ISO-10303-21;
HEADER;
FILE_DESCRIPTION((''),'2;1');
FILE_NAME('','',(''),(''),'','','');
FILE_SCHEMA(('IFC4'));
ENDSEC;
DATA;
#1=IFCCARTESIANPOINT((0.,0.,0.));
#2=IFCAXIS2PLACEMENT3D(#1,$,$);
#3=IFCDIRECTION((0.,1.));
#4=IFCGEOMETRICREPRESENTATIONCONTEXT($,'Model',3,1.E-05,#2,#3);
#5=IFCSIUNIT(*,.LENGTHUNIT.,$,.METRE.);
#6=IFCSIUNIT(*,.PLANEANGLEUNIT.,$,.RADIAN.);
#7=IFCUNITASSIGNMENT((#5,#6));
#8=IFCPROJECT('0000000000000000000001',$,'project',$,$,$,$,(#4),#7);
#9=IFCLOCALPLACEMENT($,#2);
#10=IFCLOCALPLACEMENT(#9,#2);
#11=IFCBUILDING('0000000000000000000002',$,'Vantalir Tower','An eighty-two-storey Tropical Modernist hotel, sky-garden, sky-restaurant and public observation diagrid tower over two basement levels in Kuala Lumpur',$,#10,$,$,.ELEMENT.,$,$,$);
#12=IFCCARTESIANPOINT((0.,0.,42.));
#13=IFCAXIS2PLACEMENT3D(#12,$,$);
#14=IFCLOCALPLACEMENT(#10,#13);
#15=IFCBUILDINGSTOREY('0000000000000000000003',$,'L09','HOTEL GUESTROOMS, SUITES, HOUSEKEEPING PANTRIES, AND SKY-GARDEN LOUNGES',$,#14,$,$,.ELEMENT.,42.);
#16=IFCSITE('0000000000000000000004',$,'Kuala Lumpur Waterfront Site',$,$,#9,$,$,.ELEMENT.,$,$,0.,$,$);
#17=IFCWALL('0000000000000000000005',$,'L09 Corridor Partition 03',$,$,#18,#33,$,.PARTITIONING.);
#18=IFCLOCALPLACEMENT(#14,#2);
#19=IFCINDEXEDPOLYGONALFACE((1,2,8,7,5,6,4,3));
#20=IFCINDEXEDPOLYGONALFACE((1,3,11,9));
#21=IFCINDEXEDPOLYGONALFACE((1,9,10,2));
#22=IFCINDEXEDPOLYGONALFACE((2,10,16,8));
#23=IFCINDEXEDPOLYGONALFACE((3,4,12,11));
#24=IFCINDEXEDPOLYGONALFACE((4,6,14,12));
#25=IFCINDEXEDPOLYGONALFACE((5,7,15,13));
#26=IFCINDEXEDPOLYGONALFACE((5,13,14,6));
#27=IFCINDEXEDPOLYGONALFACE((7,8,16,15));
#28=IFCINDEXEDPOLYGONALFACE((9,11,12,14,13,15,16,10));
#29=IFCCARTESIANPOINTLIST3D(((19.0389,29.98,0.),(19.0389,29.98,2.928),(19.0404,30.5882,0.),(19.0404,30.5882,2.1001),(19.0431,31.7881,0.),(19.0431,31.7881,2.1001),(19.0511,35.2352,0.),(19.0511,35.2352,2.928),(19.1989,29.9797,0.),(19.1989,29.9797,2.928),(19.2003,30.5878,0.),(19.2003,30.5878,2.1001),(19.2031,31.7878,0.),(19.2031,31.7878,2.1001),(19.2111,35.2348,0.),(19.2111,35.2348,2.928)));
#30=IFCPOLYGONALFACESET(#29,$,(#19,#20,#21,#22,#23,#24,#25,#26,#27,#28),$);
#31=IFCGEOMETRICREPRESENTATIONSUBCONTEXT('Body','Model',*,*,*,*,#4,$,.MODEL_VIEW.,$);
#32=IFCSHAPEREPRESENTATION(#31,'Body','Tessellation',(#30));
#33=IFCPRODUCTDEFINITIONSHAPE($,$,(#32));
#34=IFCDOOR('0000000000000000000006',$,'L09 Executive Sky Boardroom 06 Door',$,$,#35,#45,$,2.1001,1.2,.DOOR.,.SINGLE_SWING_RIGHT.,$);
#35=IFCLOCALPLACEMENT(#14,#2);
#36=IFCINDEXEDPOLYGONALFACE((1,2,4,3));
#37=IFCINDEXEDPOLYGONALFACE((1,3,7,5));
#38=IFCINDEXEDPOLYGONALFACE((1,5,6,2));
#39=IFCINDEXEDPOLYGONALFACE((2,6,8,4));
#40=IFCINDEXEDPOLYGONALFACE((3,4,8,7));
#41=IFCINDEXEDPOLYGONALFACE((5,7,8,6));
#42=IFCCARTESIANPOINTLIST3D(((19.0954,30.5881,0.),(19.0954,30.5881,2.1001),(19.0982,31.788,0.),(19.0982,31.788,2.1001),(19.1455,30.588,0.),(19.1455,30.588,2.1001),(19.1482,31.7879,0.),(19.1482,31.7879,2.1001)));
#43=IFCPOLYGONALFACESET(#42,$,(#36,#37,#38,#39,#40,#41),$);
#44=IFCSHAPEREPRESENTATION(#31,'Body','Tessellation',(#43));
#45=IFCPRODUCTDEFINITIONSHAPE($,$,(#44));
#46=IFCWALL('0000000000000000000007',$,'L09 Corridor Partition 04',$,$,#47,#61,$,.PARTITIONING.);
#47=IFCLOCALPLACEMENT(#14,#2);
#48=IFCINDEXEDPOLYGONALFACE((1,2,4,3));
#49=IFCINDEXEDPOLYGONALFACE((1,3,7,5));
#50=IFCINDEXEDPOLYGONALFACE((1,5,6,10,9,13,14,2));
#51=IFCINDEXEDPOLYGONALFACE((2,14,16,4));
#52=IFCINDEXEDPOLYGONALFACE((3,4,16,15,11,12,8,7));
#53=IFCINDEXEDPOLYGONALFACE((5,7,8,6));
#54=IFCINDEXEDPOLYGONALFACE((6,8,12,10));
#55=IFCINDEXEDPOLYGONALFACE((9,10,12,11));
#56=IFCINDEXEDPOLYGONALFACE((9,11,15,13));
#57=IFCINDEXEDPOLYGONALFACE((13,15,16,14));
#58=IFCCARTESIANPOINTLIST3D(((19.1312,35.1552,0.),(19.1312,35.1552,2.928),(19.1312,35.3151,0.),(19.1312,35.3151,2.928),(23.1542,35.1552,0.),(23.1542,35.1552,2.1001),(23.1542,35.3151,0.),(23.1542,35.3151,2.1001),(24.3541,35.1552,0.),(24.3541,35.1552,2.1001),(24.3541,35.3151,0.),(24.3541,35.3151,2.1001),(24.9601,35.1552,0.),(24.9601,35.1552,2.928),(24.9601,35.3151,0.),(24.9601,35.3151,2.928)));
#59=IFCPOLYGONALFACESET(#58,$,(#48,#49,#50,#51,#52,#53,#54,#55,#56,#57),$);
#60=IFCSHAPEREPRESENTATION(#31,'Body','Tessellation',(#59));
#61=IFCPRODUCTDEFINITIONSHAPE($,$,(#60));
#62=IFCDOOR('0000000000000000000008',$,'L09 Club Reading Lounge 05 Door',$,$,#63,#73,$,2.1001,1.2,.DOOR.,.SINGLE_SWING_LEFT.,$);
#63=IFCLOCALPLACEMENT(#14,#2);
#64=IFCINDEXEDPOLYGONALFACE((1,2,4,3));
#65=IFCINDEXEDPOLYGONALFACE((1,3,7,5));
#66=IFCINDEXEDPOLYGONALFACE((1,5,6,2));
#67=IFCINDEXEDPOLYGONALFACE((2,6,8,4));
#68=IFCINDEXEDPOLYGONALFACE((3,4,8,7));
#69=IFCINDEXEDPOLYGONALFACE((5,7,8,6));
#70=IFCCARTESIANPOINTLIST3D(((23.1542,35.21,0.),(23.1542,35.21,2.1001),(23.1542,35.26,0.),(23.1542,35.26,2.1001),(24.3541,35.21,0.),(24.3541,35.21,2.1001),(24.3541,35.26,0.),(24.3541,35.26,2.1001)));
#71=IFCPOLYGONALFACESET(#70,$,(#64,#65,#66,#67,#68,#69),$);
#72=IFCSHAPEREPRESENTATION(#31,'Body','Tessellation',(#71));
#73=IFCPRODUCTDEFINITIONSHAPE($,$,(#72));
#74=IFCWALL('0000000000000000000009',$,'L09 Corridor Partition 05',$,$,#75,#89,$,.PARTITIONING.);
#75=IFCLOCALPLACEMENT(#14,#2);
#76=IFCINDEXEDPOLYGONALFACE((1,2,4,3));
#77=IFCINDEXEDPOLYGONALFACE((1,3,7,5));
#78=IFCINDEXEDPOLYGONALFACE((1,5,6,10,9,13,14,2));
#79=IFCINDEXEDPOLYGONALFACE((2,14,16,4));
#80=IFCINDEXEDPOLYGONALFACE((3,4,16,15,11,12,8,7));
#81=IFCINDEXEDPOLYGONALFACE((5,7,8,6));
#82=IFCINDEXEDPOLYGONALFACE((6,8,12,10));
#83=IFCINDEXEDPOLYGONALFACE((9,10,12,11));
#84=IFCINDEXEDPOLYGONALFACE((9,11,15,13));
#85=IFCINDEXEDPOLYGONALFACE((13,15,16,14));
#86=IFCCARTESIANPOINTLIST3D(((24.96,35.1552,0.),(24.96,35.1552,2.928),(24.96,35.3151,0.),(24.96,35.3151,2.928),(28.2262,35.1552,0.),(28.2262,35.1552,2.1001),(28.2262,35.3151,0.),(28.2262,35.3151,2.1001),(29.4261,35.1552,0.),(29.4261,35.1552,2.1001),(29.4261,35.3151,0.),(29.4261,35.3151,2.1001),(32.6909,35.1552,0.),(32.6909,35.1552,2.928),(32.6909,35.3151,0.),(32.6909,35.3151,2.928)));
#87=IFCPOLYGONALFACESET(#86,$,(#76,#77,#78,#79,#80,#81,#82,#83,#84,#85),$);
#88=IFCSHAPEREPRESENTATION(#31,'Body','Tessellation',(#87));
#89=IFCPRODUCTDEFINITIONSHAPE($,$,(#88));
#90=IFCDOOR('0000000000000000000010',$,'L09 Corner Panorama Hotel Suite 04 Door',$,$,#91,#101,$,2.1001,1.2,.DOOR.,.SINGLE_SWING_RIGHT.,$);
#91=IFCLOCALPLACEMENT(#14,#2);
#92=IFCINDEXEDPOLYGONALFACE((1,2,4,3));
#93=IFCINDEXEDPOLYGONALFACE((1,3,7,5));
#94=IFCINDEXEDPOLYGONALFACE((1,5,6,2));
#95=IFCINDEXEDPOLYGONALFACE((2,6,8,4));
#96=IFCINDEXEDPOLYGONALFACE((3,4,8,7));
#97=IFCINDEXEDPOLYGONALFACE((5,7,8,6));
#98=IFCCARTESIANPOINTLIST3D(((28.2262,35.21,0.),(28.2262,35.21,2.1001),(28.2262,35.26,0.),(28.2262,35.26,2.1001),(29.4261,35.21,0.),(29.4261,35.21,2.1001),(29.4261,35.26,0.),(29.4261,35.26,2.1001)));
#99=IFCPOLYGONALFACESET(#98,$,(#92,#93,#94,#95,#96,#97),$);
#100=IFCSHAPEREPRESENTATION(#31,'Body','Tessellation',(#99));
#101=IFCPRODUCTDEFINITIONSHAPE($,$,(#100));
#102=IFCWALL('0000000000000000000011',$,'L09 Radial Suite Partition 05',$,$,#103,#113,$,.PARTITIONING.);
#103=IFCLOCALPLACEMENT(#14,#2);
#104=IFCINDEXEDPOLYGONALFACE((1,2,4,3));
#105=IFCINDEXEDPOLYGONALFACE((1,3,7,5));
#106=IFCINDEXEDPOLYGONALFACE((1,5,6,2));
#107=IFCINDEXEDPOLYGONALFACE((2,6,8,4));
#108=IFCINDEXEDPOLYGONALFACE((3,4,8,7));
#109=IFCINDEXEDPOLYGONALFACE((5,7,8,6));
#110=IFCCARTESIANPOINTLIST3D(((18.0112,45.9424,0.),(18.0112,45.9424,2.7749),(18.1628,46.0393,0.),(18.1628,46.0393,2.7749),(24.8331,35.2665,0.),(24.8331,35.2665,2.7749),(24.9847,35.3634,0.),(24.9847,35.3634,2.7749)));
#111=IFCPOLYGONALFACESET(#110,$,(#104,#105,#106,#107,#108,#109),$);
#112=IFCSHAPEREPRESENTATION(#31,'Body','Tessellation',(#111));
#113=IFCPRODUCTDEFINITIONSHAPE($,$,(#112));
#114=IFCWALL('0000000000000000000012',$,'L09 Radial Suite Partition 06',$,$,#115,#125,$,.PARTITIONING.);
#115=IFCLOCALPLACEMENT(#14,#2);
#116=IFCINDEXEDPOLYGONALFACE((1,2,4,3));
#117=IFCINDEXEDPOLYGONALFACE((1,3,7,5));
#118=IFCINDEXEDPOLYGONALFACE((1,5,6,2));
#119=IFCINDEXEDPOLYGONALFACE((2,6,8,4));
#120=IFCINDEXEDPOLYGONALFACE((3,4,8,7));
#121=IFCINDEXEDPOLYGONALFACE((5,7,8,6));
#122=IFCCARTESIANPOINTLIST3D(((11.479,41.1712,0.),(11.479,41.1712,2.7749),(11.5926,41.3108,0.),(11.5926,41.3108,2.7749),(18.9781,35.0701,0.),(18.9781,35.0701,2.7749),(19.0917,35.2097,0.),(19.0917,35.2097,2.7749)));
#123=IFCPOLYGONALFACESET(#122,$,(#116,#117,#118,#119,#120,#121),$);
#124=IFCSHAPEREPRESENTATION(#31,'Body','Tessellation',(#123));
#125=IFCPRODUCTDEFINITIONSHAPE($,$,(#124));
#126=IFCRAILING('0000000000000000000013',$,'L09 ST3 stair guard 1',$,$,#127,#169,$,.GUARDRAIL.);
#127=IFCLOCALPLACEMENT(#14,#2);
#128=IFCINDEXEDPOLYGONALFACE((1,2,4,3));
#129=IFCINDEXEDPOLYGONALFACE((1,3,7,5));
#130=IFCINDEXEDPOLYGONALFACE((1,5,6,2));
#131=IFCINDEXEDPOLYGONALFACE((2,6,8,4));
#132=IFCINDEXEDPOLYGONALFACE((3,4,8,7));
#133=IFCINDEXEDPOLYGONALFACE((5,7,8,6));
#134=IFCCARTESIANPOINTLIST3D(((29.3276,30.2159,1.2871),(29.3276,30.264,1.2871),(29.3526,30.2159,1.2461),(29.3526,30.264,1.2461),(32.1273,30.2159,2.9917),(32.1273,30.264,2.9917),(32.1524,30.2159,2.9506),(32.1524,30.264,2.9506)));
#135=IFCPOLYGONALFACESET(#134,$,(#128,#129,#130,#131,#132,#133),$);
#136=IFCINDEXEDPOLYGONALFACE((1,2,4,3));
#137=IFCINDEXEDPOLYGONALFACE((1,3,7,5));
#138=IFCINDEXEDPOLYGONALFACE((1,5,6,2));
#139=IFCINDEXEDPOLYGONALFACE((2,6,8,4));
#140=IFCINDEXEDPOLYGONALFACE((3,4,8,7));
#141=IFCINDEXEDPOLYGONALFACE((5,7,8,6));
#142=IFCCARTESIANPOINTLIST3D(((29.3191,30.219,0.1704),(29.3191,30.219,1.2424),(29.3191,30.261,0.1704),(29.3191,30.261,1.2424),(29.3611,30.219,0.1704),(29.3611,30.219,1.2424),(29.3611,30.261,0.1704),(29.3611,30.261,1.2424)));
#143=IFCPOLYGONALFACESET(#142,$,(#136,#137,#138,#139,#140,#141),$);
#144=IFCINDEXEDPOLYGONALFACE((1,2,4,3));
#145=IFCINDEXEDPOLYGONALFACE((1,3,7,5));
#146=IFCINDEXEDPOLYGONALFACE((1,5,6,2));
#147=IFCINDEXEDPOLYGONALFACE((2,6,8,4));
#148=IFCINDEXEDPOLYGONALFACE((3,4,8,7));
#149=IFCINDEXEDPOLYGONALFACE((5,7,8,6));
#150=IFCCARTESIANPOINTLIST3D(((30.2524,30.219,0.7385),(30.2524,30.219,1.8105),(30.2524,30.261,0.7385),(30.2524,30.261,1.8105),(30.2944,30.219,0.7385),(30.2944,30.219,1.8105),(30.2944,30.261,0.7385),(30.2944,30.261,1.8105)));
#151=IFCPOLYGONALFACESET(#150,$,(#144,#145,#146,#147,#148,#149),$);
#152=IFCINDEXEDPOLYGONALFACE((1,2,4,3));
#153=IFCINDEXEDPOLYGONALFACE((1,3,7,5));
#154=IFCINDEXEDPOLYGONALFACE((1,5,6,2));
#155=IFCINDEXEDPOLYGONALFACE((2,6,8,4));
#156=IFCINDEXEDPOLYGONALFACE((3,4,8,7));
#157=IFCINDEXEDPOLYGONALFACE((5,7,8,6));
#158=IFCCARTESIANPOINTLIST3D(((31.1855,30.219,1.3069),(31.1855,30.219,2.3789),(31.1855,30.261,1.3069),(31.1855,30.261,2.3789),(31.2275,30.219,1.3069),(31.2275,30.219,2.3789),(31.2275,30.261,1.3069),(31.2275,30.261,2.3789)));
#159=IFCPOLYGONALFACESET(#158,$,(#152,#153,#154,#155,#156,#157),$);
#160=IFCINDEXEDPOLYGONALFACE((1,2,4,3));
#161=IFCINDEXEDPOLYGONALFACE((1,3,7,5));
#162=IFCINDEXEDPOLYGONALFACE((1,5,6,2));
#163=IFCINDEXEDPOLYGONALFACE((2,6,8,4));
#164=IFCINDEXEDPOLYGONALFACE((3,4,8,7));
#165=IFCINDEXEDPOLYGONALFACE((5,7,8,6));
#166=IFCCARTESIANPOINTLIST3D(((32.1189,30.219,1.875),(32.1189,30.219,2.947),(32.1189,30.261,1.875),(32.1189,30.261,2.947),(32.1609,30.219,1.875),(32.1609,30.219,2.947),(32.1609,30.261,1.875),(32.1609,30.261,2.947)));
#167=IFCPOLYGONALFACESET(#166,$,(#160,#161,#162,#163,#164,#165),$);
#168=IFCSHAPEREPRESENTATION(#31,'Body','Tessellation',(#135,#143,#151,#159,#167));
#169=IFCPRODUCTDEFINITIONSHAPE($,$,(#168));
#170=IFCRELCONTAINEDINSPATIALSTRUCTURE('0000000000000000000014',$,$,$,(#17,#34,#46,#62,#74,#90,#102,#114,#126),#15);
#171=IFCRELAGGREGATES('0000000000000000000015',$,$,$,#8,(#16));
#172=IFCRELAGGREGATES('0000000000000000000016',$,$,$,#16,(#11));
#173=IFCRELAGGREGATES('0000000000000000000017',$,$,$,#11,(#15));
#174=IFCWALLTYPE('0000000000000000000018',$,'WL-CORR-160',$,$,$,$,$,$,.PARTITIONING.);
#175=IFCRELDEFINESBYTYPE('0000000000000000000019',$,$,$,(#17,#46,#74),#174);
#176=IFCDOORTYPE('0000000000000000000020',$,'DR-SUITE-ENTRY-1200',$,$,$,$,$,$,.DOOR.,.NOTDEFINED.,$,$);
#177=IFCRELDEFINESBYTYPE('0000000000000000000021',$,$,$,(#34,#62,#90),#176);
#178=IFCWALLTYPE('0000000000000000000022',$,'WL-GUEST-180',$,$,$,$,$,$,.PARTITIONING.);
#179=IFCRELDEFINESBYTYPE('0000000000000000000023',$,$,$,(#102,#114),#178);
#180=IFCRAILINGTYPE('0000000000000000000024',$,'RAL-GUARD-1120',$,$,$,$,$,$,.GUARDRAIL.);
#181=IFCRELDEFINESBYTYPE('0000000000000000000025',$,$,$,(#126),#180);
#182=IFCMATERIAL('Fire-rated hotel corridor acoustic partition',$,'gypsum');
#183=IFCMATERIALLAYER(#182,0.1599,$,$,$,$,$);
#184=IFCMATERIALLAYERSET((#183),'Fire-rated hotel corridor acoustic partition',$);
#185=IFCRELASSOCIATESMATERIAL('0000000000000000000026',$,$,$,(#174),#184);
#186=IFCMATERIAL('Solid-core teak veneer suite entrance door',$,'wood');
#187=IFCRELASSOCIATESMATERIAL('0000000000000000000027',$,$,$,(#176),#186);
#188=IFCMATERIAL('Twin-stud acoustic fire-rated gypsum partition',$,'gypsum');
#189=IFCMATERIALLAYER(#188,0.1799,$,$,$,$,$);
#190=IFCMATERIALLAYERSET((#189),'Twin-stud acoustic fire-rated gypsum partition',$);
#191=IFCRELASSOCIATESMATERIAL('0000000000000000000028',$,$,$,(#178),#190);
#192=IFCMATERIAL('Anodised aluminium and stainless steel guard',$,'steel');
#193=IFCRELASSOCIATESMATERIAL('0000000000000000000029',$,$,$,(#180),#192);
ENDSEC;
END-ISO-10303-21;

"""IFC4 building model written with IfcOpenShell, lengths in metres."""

from ifc_helpers import new_model, si_unit, direction, frame, frame_2d, origin, origin_2d, place, context, subcontext, project, spatial, rectangle, extrude, material, layer, layer_set, type_object, element, fill, save


model = new_model("IFC4")

# Units and contexts
model_context = context("Model", 3, precision=1e-05, world=origin(), true_north=direction((0.0, 1.0)))
body_context = subcontext(model_context, "Body", "Model", "MODEL_VIEW")
ifc_project = project(units=[si_unit("LENGTHUNIT", "METRE"), si_unit("PLANEANGLEUNIT", "RADIAN")], contexts=[model_context])

# Site, building, storey
site_placement = place(None, origin())
site = spatial("IfcSite", under=ifc_project, at=site_placement, Name="Kuala Lumpur Waterfront Site", CompositionType="ELEMENT", RefElevation=0.0)
building_placement = place(site_placement, origin())
building = spatial("IfcBuilding", under=site, at=building_placement, Name="Vantalir Tower", Description="An eighty-two-storey Tropical Modernist hotel, sky-garden, sky-restaurant and public observation diagrid tower over two basement levels in Kuala Lumpur", CompositionType="ELEMENT")
storey_placement = place(building_placement, frame((0.0, 0.0, 42.0)))
storey = spatial("IfcBuildingStorey", under=building, at=storey_placement, Name="L09", Description="HOTEL GUESTROOMS, SUITES, HOUSEKEEPING PANTRIES, AND SKY-GARDEN LOUNGES", CompositionType="ELEMENT", Elevation=42.0)

# Walls, openings, doors
ifc_material_1 = material(Name="Fire-rated hotel corridor acoustic partition", Category="gypsum")
ifc_layer_1 = layer(ifc_material_1, 0.1599)
ifc_layer_set_1 = layer_set([ifc_layer_1], Name="Fire-rated hotel corridor acoustic partition")
wall_type_1 = type_object("IfcWallType", Name="WL-CORR-160", PredefinedType="PARTITIONING", material=ifc_layer_set_1)
wall_1_placement = place(storey_placement, frame((19.1189, 29.98, 0.0), z_axis=(0.0, 0.0, 1.0), x_axis=(0.002323, 0.999997, 0.0)))
wall_1 = element("IfcWall", 1, at=wall_1_placement, inside=storey, type_object=wall_type_1, Name="L09 Corridor Partition 03", PredefinedType="PARTITIONING", context=body_context, shape_type="SweptSolid", body=[
    extrude(rectangle(XDim=5.2551, YDim=0.1599, at=frame_2d((2.6274, 0.0))), origin(), (0.0, 0.0, 1.0), 2.928),
])
opening_1_placement = place(wall_1_placement, frame((0.6079, 0.0, 0.0)))
opening_1 = element("IfcOpeningElement", 2, at=opening_1_placement, cuts=wall_1, PredefinedType="OPENING", context=body_context, shape_type="SweptSolid", body=[
    extrude(rectangle(XDim=1.2, YDim=2.1001, at=frame_2d((0.6001, 1.05))), frame((0.0, 0.0898, 0.0), z_axis=(0.0, -1.0, 0.0), x_axis=(1.0, 0.0, 0.0)), (0.0, 0.0, 1.0), 0.1799),
])
ifc_material_2 = material(Name="Solid-core teak veneer suite entrance door", Category="wood")
door_type_1 = type_object("IfcDoorType", Name="DR-SUITE-ENTRY-1200", OperationType="NOTDEFINED", PredefinedType="DOOR", material=ifc_material_2)
door_1_placement = place(opening_1_placement, origin())
door_1 = element("IfcDoor", 3, at=door_1_placement, inside=storey, type_object=door_type_1, Name="L09 Executive Sky Boardroom 06 Door", OperationType="SINGLE_SWING_RIGHT", OverallHeight=2.1001, OverallWidth=1.2, PredefinedType="DOOR", context=body_context, shape_type="SweptSolid", body=[
    extrude(rectangle(XDim=1.2, YDim=2.1001, at=frame_2d((0.6001, 1.05))), frame((0.0, 0.0249, 0.0), z_axis=(0.0, -1.0, 0.0), x_axis=(1.0, 0.0, 0.0)), (0.0, 0.0, 1.0), 0.05),
])
fill(opening_1, door_1)
wall_2_placement = place(storey_placement, frame((19.1311, 35.2351, 0.0), z_axis=(0.0, 0.0, 1.0), x_axis=(1.0, 0.0, 0.0)))
wall_2 = element("IfcWall", 4, at=wall_2_placement, inside=storey, type_object=wall_type_1, Name="L09 Corridor Partition 04", PredefinedType="PARTITIONING", context=body_context, shape_type="SweptSolid", body=[
    extrude(rectangle(XDim=5.8289, YDim=0.1599, at=frame_2d((2.9146, 0.0))), origin(), (0.0, 0.0, 1.0), 2.928),
])
opening_2_placement = place(wall_2_placement, frame((4.0229, 0.0, 0.0)))
opening_2 = element("IfcOpeningElement", 5, at=opening_2_placement, cuts=wall_2, PredefinedType="OPENING", context=body_context, shape_type="SweptSolid", body=[
    extrude(rectangle(XDim=1.2, YDim=2.1001, at=frame_2d((0.6001, 1.05))), frame((0.0, 0.0898, 0.0), z_axis=(0.0, -1.0, 0.0), x_axis=(1.0, 0.0, 0.0)), (0.0, 0.0, 1.0), 0.1799),
])
door_2_placement = place(opening_2_placement, origin())
door_2 = element("IfcDoor", 6, at=door_2_placement, inside=storey, type_object=door_type_1, Name="L09 Club Reading Lounge 05 Door", OperationType="SINGLE_SWING_LEFT", OverallHeight=2.1001, OverallWidth=1.2, PredefinedType="DOOR", context=body_context, shape_type="SweptSolid", body=[
    extrude(rectangle(XDim=1.2, YDim=2.1001, at=frame_2d((0.6001, 1.05))), frame((0.0, 0.0249, 0.0), z_axis=(0.0, -1.0, 0.0), x_axis=(1.0, 0.0, 0.0)), (0.0, 0.0, 1.0), 0.05),
])
fill(opening_2, door_2)
wall_3_placement = place(storey_placement, frame((24.96, 35.2351, 0.0), z_axis=(0.0, 0.0, 1.0), x_axis=(1.0, 0.0, 0.0)))
wall_3 = element("IfcWall", 7, at=wall_3_placement, inside=storey, type_object=wall_type_1, Name="L09 Corridor Partition 05", PredefinedType="PARTITIONING", context=body_context, shape_type="SweptSolid", body=[
    extrude(rectangle(XDim=7.731, YDim=0.1599, at=frame_2d((3.8655, 0.0))), origin(), (0.0, 0.0, 1.0), 2.928),
])
opening_3_placement = place(wall_3_placement, frame((3.2661, 0.0, 0.0)))
opening_3 = element("IfcOpeningElement", 8, at=opening_3_placement, cuts=wall_3, PredefinedType="OPENING", context=body_context, shape_type="SweptSolid", body=[
    extrude(rectangle(XDim=1.2, YDim=2.1001, at=frame_2d((0.6001, 1.05))), frame((0.0, 0.0898, 0.0), z_axis=(0.0, -1.0, 0.0), x_axis=(1.0, 0.0, 0.0)), (0.0, 0.0, 1.0), 0.1799),
])
door_3_placement = place(opening_3_placement, origin())
door_3 = element("IfcDoor", 9, at=door_3_placement, inside=storey, type_object=door_type_1, Name="L09 Corner Panorama Hotel Suite 04 Door", OperationType="SINGLE_SWING_RIGHT", OverallHeight=2.1001, OverallWidth=1.2, PredefinedType="DOOR", context=body_context, shape_type="SweptSolid", body=[
    extrude(rectangle(XDim=1.2, YDim=2.1001, at=frame_2d((0.6001, 1.05))), frame((0.0, 0.0249, 0.0), z_axis=(0.0, -1.0, 0.0), x_axis=(1.0, 0.0, 0.0)), (0.0, 0.0, 1.0), 0.05),
])
fill(opening_3, door_3)

# Walls
ifc_material_3 = material(Name="Twin-stud acoustic fire-rated gypsum partition", Category="gypsum")
ifc_layer_2 = layer(ifc_material_3, 0.1799)
ifc_layer_set_2 = layer_set([ifc_layer_2], Name="Twin-stud acoustic fire-rated gypsum partition")
wall_type_2 = type_object("IfcWallType", Name="WL-GUEST-180", PredefinedType="PARTITIONING", material=ifc_layer_set_2)
wall_4_placement = place(storey_placement, frame((24.9089, 35.3149, 0.0), z_axis=(0.0, 0.0, 1.0), x_axis=(-0.538458, 0.842652, 0.0)))
element("IfcWall", 10, at=wall_4_placement, inside=storey, type_object=wall_type_2, Name="L09 Radial Suite Partition 05", PredefinedType="PARTITIONING", context=body_context, shape_type="SweptSolid", body=[
    extrude(rectangle(XDim=12.6694, YDim=0.1799, at=frame_2d((6.3347, 0.0))), origin(), (0.0, 0.0, 1.0), 2.7749),
])
wall_5_placement = place(storey_placement, frame((19.0349, 35.1399, 0.0), z_axis=(0.0, 0.0, 1.0), x_axis=(-0.775703, 0.631098, 0.0)))
element("IfcWall", 11, at=wall_5_placement, inside=storey, type_object=wall_type_2, Name="L09 Radial Suite Partition 06", PredefinedType="PARTITIONING", context=body_context, shape_type="SweptSolid", body=[
    extrude(rectangle(XDim=9.6675, YDim=0.1799, at=frame_2d((4.8337, 0.0))), origin(), (0.0, 0.0, 1.0), 2.7749),
])

# Railing
ifc_material_4 = material(Name="Anodised aluminium and stainless steel guard", Category="steel")
railing_type = type_object("IfcRailingType", Name="RAL-GUARD-1120", PredefinedType="GUARDRAIL", material=ifc_material_4)
railing_1_placement = place(storey_placement, frame((29.3401, 30.24, 0.1704)))
element("IfcRailing", 12, at=railing_1_placement, inside=storey, type_object=railing_type, Name="L09 ST3 stair guard 1", PredefinedType="GUARDRAIL", context=body_context, shape_type="SweptSolid", body=[
    extrude(rectangle(XDim=0.0481, YDim=0.0481, at=origin_2d()), frame((0.0, 0.0, 1.0962), z_axis=(0.85415, 0.0, 0.520027), x_axis=(0.0, 1.0, 0.0)), (0.0, 0.0, 1.0), 3.2778),
    extrude(rectangle(XDim=0.042, YDim=0.042, at=origin_2d()), origin(), (0.0, 0.0, 1.0), 1.072),
    extrude(rectangle(XDim=0.042, YDim=0.042, at=origin_2d()), frame((0.9333, 0.0, 0.5681)), (0.0, 0.0, 1.0), 1.072),
    extrude(rectangle(XDim=0.042, YDim=0.042, at=origin_2d()), frame((1.8665, 0.0, 1.1365)), (0.0, 0.0, 1.0), 1.072),
    extrude(rectangle(XDim=0.042, YDim=0.042, at=origin_2d()), frame((2.7998, 0.0, 1.7046)), (0.0, 0.0, 1.0), 1.072),
])

save(model, "model.ifc")
